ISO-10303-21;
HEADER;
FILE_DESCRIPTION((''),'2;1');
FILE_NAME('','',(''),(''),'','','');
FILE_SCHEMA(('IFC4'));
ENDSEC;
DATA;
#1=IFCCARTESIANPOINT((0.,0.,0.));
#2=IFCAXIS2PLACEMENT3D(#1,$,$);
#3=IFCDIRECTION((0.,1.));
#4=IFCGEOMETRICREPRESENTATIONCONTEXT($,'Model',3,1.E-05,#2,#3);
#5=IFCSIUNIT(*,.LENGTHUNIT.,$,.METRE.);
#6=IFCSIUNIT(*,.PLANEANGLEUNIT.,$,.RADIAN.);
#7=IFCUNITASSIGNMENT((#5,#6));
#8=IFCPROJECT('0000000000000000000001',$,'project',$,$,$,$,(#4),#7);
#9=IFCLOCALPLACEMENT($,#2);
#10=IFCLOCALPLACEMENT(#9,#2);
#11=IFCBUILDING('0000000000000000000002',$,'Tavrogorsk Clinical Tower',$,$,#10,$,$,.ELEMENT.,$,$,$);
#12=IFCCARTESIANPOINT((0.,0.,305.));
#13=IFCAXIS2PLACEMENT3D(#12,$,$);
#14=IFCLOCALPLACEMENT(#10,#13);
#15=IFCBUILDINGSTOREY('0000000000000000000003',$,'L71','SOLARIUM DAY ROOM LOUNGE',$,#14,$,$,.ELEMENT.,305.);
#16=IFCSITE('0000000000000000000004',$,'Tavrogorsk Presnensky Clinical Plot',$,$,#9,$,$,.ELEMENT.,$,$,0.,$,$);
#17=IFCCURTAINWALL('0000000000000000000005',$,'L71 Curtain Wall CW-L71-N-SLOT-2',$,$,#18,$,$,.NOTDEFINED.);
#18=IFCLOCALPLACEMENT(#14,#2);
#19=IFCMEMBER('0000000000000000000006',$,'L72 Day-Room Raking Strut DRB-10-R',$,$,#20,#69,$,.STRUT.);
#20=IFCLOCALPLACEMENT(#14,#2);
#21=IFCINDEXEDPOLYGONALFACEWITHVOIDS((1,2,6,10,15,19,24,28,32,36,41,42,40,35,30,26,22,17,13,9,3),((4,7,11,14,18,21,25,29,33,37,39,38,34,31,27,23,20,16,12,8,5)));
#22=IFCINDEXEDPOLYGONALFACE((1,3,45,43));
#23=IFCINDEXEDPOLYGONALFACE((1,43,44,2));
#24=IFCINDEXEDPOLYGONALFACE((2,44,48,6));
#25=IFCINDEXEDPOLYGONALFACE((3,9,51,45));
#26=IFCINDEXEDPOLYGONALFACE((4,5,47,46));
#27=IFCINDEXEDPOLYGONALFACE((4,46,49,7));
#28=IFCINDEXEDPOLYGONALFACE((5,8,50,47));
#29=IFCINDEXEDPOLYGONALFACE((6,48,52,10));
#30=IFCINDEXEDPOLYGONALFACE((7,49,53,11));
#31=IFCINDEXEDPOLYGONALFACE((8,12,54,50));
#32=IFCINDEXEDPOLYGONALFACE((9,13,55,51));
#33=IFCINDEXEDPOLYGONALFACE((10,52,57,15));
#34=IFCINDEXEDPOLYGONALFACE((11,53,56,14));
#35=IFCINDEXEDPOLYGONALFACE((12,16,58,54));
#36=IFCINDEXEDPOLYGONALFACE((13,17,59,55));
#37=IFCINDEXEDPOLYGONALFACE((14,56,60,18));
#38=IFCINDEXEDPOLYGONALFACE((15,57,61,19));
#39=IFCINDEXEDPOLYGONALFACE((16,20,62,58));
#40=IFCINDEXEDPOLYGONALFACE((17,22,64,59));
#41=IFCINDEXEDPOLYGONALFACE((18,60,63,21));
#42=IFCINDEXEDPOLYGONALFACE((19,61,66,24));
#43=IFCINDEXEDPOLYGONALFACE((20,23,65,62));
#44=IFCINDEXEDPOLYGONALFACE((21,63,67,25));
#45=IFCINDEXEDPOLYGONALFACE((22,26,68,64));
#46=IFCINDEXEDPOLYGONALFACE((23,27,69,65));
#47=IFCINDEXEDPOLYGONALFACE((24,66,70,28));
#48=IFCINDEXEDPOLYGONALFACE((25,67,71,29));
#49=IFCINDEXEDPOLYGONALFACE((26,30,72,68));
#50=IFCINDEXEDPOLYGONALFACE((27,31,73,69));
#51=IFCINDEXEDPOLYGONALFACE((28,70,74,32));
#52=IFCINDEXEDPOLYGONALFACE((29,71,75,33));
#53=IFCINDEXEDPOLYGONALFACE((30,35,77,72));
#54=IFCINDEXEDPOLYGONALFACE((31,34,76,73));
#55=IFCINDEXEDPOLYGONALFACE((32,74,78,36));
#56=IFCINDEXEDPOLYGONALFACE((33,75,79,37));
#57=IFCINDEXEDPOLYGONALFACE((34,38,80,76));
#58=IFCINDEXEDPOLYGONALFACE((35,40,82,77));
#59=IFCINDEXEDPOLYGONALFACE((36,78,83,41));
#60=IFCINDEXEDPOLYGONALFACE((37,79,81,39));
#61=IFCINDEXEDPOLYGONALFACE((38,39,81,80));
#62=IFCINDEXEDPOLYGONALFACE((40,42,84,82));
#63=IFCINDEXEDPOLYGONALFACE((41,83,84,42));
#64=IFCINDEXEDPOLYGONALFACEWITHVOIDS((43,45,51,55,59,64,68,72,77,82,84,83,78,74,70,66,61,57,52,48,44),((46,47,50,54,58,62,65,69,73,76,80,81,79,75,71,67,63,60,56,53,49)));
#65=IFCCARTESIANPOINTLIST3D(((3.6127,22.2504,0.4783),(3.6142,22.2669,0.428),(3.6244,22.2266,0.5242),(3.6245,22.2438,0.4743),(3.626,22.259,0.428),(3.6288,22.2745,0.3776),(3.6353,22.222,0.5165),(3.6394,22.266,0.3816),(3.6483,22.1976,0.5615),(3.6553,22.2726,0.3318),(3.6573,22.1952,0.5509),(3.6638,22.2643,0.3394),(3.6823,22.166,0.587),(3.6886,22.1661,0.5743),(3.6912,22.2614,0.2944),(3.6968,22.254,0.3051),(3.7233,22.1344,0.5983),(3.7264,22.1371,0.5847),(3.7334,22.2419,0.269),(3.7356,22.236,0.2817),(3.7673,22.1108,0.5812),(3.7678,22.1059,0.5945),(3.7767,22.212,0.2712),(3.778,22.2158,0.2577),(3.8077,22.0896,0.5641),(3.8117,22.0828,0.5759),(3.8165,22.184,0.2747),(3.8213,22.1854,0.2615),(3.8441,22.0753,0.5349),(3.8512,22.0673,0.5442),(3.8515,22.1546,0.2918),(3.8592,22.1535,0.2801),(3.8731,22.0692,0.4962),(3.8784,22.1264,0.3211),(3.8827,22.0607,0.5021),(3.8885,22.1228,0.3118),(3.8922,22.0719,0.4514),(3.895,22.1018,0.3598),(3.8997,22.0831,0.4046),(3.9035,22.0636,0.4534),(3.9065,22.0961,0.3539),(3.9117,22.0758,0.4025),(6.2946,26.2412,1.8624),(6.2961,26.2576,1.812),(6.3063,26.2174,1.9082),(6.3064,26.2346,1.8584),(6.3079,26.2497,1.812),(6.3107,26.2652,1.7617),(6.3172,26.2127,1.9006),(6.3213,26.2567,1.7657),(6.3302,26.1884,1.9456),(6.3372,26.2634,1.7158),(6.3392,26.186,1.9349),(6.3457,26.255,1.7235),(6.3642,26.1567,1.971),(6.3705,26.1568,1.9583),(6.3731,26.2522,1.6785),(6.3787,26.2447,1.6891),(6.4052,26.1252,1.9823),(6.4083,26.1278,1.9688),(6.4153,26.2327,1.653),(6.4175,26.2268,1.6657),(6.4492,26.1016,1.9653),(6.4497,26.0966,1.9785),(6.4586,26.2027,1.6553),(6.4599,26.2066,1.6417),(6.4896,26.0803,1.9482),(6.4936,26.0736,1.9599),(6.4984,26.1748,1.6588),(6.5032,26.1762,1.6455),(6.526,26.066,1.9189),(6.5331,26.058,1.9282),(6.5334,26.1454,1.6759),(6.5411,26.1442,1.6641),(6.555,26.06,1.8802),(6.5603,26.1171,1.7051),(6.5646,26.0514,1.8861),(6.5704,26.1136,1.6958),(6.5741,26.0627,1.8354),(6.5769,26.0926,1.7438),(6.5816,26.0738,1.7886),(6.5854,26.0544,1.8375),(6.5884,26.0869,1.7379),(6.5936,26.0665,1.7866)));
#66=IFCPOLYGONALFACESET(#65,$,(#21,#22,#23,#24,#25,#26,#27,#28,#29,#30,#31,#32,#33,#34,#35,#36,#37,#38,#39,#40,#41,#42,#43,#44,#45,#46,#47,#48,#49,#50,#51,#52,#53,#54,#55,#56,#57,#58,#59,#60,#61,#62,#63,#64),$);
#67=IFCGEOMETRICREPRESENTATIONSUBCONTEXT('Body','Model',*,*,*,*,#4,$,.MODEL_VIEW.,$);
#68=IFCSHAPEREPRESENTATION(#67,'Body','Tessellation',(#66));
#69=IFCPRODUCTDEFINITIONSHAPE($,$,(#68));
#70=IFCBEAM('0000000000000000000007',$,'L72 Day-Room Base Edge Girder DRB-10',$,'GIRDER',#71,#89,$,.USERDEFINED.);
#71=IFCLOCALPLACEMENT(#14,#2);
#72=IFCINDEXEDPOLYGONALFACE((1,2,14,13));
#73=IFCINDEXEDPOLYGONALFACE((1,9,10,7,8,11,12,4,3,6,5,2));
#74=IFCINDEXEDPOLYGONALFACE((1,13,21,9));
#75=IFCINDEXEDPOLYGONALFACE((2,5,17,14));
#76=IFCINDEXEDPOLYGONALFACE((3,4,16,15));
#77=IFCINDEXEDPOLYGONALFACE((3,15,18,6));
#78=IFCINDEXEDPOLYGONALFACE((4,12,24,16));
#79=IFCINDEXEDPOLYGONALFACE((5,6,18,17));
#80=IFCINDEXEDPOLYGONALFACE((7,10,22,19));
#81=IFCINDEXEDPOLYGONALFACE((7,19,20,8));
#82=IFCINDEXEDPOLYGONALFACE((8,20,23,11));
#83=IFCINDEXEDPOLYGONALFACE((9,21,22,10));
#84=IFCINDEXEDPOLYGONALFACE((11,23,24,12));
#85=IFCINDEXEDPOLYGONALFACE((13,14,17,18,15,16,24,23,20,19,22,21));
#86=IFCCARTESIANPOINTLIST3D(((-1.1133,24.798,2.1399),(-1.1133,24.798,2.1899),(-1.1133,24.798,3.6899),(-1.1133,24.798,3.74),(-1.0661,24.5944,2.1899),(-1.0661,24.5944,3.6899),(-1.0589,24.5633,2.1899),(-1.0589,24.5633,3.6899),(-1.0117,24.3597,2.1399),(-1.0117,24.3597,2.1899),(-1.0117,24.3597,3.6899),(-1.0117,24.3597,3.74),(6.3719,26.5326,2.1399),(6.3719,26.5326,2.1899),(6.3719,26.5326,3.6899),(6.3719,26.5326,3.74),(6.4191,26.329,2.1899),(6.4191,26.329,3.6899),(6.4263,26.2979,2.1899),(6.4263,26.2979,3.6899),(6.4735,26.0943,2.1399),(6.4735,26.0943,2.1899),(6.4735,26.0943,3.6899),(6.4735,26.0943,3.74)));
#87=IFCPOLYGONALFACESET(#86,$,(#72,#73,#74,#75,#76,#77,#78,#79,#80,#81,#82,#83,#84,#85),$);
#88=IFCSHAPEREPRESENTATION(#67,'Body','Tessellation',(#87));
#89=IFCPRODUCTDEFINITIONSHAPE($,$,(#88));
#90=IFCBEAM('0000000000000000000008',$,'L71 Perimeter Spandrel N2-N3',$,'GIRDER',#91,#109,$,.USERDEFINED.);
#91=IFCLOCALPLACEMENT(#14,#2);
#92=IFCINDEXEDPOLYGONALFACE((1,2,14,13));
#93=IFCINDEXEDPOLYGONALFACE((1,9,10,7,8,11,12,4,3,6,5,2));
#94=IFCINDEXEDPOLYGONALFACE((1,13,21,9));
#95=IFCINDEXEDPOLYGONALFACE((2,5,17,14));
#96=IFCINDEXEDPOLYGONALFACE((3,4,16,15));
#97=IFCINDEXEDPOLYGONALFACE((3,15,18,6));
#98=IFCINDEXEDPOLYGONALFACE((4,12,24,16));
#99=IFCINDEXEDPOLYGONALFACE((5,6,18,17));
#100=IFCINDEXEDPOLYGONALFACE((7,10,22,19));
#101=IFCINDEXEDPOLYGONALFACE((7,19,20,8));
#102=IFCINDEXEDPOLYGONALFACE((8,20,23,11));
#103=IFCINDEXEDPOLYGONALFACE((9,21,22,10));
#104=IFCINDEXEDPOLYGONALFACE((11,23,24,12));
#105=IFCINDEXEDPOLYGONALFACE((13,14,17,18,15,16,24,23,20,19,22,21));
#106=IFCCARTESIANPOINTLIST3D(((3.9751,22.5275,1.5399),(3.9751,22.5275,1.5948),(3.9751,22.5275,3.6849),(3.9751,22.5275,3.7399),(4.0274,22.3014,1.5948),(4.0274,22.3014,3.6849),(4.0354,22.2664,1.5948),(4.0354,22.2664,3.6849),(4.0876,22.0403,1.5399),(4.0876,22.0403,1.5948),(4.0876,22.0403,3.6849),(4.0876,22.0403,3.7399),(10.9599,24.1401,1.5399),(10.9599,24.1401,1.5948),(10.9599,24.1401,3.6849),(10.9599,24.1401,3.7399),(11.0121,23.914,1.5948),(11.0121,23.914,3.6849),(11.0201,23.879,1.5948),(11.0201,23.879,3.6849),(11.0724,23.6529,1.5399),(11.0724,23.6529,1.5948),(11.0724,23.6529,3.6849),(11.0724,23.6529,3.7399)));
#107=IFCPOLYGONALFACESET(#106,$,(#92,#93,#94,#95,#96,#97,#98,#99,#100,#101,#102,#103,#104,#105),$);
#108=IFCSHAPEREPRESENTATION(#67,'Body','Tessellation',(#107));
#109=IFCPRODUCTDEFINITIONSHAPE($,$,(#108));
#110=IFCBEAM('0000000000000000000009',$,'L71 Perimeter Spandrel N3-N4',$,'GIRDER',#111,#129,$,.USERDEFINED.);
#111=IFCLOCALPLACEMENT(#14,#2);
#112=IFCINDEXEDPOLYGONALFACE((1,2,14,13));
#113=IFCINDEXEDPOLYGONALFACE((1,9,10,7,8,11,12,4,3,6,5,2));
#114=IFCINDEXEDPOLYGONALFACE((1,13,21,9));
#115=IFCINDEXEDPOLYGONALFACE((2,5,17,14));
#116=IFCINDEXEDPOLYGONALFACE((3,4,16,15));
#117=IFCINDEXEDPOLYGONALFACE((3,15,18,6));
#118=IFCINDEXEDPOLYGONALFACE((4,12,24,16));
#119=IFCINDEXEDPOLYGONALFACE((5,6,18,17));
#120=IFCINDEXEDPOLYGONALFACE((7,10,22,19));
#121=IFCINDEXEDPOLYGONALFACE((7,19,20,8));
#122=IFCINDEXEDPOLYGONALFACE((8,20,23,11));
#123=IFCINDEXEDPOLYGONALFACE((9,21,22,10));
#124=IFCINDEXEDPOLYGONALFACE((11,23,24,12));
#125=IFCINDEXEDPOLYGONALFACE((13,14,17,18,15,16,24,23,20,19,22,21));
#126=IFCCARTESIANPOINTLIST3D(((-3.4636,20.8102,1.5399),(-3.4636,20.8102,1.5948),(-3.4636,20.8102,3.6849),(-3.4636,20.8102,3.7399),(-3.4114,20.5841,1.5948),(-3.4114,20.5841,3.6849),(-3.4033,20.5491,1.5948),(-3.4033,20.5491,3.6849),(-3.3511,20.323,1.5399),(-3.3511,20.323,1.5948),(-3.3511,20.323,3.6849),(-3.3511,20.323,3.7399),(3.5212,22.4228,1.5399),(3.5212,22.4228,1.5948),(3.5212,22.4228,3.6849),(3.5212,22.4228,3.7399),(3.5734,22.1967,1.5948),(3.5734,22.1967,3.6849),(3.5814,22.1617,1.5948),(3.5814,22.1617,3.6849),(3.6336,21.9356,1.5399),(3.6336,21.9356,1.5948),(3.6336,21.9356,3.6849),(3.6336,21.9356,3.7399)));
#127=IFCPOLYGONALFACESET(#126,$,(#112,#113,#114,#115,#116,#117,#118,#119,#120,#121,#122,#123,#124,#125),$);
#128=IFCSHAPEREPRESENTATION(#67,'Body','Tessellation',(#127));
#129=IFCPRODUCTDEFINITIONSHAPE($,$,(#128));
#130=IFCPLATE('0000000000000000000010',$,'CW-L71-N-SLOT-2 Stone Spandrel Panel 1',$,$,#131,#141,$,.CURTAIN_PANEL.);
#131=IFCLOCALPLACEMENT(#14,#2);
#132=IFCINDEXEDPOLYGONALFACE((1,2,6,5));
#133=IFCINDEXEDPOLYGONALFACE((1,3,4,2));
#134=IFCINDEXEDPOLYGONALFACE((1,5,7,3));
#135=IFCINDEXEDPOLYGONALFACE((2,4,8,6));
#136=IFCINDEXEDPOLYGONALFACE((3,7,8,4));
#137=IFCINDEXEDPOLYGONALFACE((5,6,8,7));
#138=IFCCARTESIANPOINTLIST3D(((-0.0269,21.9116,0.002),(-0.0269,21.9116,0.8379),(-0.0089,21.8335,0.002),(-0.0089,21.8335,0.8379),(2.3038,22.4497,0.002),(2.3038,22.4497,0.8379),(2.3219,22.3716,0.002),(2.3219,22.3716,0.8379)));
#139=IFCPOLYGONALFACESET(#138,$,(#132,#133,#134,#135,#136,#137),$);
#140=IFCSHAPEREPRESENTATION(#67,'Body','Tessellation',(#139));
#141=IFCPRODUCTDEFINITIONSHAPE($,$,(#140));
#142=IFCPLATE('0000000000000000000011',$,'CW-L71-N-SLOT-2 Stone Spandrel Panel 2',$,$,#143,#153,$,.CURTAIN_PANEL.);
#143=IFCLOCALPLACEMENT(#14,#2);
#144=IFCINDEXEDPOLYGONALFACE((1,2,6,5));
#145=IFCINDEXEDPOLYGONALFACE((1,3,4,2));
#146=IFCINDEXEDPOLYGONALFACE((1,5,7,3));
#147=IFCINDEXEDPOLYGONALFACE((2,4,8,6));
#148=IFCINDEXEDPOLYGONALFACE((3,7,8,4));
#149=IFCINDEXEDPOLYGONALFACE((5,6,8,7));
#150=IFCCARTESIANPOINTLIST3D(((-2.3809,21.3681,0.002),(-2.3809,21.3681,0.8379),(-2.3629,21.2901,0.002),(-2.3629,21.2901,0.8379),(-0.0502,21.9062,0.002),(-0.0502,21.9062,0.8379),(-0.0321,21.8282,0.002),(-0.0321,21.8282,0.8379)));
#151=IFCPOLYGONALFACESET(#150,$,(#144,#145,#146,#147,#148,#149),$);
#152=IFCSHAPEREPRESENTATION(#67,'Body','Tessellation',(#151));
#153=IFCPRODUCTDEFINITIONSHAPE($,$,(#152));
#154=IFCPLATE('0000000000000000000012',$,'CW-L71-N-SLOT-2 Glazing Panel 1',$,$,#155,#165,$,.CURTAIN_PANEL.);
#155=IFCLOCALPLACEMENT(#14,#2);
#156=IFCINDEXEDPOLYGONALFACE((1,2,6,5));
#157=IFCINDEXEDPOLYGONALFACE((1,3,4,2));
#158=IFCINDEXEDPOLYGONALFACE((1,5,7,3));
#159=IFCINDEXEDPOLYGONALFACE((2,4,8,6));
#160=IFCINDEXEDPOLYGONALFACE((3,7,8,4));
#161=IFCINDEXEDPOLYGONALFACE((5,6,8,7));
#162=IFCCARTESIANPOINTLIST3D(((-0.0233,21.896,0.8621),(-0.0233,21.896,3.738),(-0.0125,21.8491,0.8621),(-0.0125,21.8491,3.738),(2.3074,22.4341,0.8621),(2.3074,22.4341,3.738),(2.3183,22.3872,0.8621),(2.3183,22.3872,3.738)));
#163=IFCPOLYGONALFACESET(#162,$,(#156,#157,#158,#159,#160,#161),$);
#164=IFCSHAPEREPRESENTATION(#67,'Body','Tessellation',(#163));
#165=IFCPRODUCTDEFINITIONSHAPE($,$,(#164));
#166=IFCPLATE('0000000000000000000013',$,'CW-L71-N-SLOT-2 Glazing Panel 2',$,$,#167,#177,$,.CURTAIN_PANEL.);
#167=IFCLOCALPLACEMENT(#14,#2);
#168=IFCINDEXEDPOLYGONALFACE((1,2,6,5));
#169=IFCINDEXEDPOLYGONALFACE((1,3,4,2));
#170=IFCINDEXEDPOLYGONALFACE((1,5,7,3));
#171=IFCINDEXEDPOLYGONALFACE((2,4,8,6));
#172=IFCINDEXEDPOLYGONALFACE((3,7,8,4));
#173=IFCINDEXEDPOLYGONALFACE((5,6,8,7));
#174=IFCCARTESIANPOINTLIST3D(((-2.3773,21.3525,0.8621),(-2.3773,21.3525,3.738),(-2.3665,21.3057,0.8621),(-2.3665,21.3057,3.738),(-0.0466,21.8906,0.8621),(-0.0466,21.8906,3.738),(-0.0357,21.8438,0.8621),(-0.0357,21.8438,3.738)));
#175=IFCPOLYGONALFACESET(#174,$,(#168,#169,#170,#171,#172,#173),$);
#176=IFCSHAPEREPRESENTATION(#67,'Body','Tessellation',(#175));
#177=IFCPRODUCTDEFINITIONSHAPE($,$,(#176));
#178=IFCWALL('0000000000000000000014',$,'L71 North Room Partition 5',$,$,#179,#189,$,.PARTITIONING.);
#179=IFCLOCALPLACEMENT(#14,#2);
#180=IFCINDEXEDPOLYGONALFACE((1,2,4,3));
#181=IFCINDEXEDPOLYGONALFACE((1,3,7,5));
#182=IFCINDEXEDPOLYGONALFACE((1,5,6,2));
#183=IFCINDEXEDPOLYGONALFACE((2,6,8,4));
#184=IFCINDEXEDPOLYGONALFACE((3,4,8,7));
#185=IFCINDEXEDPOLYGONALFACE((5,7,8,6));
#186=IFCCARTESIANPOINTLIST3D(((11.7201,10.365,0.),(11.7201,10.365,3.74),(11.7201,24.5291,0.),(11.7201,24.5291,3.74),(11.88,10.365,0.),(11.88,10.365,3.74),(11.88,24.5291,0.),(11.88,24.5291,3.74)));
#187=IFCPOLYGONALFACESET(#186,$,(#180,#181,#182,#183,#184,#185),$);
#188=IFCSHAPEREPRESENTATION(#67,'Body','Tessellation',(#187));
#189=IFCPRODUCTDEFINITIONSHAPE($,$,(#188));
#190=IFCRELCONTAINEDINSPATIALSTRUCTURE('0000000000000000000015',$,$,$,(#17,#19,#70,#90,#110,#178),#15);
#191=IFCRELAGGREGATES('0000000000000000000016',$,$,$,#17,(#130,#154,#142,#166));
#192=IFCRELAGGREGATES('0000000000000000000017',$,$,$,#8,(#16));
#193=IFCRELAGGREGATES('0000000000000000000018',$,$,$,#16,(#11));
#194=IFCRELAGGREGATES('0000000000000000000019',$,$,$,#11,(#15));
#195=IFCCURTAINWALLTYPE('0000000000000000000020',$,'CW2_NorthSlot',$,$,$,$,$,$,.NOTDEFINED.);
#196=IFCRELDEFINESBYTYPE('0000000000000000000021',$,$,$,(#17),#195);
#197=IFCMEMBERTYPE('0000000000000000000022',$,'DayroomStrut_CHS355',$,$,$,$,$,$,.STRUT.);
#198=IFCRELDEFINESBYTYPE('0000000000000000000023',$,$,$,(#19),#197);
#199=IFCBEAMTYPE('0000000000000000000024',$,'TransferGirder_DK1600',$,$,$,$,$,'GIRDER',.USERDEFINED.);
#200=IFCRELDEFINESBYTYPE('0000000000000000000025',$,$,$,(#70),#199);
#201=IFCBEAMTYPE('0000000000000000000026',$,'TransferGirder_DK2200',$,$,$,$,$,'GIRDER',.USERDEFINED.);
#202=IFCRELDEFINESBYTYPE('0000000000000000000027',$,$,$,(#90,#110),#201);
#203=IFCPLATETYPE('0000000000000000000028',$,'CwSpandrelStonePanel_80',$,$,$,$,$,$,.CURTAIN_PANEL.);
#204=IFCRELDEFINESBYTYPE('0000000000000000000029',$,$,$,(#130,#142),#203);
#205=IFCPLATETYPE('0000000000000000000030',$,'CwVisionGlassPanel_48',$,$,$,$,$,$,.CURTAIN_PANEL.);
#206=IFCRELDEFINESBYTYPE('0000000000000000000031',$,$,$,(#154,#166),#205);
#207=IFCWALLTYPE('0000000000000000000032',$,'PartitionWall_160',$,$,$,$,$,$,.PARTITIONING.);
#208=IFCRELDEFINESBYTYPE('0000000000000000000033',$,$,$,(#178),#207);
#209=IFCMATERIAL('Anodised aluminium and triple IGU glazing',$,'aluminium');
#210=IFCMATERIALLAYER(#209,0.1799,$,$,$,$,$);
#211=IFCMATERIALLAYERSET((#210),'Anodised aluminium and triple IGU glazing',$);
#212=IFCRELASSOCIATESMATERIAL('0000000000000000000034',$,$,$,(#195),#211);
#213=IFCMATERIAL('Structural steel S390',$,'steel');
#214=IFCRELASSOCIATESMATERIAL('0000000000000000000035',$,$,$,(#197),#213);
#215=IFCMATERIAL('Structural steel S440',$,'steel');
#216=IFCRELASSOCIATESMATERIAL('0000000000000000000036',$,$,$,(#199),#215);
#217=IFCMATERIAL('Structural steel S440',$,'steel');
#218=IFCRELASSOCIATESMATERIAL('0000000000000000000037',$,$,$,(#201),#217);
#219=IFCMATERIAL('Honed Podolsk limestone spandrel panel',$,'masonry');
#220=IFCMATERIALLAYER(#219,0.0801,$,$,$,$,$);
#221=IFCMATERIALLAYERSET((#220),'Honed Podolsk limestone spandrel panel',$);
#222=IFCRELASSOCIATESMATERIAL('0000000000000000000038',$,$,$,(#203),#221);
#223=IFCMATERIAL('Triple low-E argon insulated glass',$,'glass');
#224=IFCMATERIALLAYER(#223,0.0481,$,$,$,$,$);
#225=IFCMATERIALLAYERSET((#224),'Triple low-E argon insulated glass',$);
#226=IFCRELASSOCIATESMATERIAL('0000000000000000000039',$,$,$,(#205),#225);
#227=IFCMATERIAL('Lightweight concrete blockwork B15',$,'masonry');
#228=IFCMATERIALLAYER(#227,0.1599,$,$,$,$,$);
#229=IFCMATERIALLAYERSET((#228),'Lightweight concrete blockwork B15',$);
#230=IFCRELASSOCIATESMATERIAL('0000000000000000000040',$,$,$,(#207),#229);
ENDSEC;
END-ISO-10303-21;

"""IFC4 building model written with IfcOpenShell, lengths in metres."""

from ifc_helpers import new_model, si_unit, direction, frame, frame_2d, origin, origin_2d, place, context, subcontext, project, spatial, rectangle, hollow_circle, i_section, extrude, material, layer, layer_set, material_profile, profile_set, type_object, element, aggregate, save


model = new_model("IFC4")

# Units and contexts
model_context = context("Model", 3, precision=1e-05, world=origin(), true_north=direction((0.0, 1.0)))
body_context = subcontext(model_context, "Body", "Model", "MODEL_VIEW")
ifc_project = project(units=[si_unit("LENGTHUNIT", "METRE"), si_unit("PLANEANGLEUNIT", "RADIAN")], contexts=[model_context])

# Site, building, storey
site_placement = place(None, origin())
site = spatial("IfcSite", under=ifc_project, at=site_placement, Name="Tavrogorsk Presnensky Clinical Plot", CompositionType="ELEMENT", RefElevation=0.0)
building_placement = place(site_placement, origin())
building = spatial("IfcBuilding", under=site, at=building_placement, Name="Tavrogorsk Clinical Tower", CompositionType="ELEMENT")
storey_placement = place(building_placement, frame((0.0, 0.0, 305.0)))
storey = spatial("IfcBuildingStorey", under=building, at=storey_placement, Name="L71", Description="SOLARIUM DAY ROOM LOUNGE", CompositionType="ELEMENT", Elevation=305.0)

# Curtain wall
ifc_material_1 = material(Name="Anodised aluminium and triple IGU glazing", Category="aluminium")
ifc_layer_1 = layer(ifc_material_1, 0.1799)
ifc_layer_set_1 = layer_set([ifc_layer_1], Name="Anodised aluminium and triple IGU glazing")
curtain_wall_type = type_object("IfcCurtainWallType", Name="CW2_NorthSlot", PredefinedType="NOTDEFINED", material=ifc_layer_set_1)
curtain_wall_placement = place(storey_placement, origin())
curtain_wall = element("IfcCurtainWall", 1, at=curtain_wall_placement, inside=storey, type_object=curtain_wall_type, Name="L71 Curtain Wall CW-L71-N-SLOT-2", PredefinedType="NOTDEFINED")

# Member
ifc_material_2 = material(Name="Structural steel S390", Category="steel")
ifc_material_profile_1 = material_profile(ifc_material_2, hollow_circle(Radius=0.1777, WallThickness=0.0142, at=origin_2d()), Name="CHS-355.6x14.2")
ifc_profile_set_1 = profile_set([ifc_material_profile_1], Name="Structural steel S390")
member_type_1 = type_object("IfcMemberType", Name="DayroomStrut_CHS355", PredefinedType="STRUT", material=ifc_profile_set_1)
member_1_placement = place(storey_placement, frame((3.7617, 22.1677, 0.428), z_axis=(0.536013, 0.797604, 0.276619), x_axis=(-0.82999, 0.557778, 0.0)))
element("IfcMember", 2, at=member_1_placement, inside=storey, type_object=member_type_1, Name="L72 Day-Room Raking Strut DRB-10-R", PredefinedType="STRUT", context=body_context, shape_type="SweptSolid", body=[
    extrude(hollow_circle(Radius=0.1777, WallThickness=0.0142, at=origin_2d()), origin(), (0.0, 0.0, 1.0), 5.0034),
])

# Beams
ifc_material_3 = material(Name="Structural steel S440", Category="steel")
ifc_material_profile_2 = material_profile(ifc_material_3, i_section(OverallWidth=0.45, OverallDepth=1.6001, WebThickness=0.032, FlangeThickness=0.05, at=origin_2d()), Name="DK-1600x450x32x50")
ifc_profile_set_2 = profile_set([ifc_material_profile_2], Name="Structural steel S440")
beam_type_1 = type_object("IfcBeamType", Name="TransferGirder_DK1600", ElementType="GIRDER", PredefinedType="USERDEFINED", material=ifc_profile_set_2)
beam_placement = place(storey_placement, frame((-1.0625, 24.5789, 2.9399), z_axis=(0.974185, 0.225753, 0.0), x_axis=(-0.225753, 0.974185, 0.0)))
element("IfcBeam", 3, at=beam_placement, inside=storey, type_object=beam_type_1, Name="L72 Day-Room Base Edge Girder DRB-10", ObjectType="GIRDER", PredefinedType="USERDEFINED", context=body_context, shape_type="SweptSolid", body=[
    extrude(i_section(OverallWidth=0.45, OverallDepth=1.6001, WebThickness=0.032, FlangeThickness=0.05, at=origin_2d()), origin(), (0.0, 0.0, 1.0), 7.6836),
])
ifc_material_4 = material(Name="Structural steel S440", Category="steel")
ifc_material_profile_3 = material_profile(ifc_material_4, i_section(OverallWidth=0.5, OverallDepth=2.2, WebThickness=0.0359, FlangeThickness=0.0549, at=origin_2d()), Name="DK-2200x500x36x55")
ifc_profile_set_3 = profile_set([ifc_material_profile_3], Name="Structural steel S440")
beam_type_2 = type_object("IfcBeamType", Name="TransferGirder_DK2200", ElementType="GIRDER", PredefinedType="USERDEFINED", material=ifc_profile_set_3)
for number, where, z_axis, x_axis, name in (
    (4, (11.0161, 23.8965, 2.6399), (-0.974369, -0.224954, 0.0), (0.224954, -0.974369, 0.0), "L71 Perimeter Spandrel N2-N3"),
    (5, (3.5774, 22.1792, 2.6399), (-0.974369, -0.224954, 0.0), (0.224954, -0.974369, 0.0), "L71 Perimeter Spandrel N3-N4"),
):
    element("IfcBeam", number, at=place(storey_placement, frame(where, z_axis=z_axis, x_axis=x_axis)), inside=storey, type_object=beam_type_2, Name=name, ObjectType="GIRDER", PredefinedType="USERDEFINED", context=body_context, shape_type="SweptSolid", body=[
        extrude(i_section(OverallWidth=0.5, OverallDepth=2.2, WebThickness=0.0359, FlangeThickness=0.0549, at=origin_2d()), origin(), (0.0, 0.0, 1.0), 7.1685),
    ])

# Plates
ifc_material_5 = material(Name="Honed Podolsk limestone spandrel panel", Category="masonry")
ifc_layer_2 = layer(ifc_material_5, 0.0801)
ifc_layer_set_2 = layer_set([ifc_layer_2], Name="Honed Podolsk limestone spandrel panel")
plate_type_1 = type_object("IfcPlateType", Name="CwSpandrelStonePanel_80", PredefinedType="CURTAIN_PANEL", material=ifc_layer_set_2)
plate_1_placement = place(storey_placement, frame((1.1475, 22.1416, 0.002), z_axis=(0.0, 0.0, 1.0), x_axis=(-0.97437, -0.224951, 0.0)))
plate_1 = element("IfcPlate", 6, at=plate_1_placement, type_object=plate_type_1, Name="CW-L71-N-SLOT-2 Stone Spandrel Panel 1", PredefinedType="CURTAIN_PANEL", context=body_context, shape_type="SweptSolid", body=[
    extrude(rectangle(XDim=2.3921, YDim=0.0801, at=origin_2d()), origin(), (0.0, 0.0, 1.0), 0.8359),
])
plate_2_placement = place(storey_placement, frame((-1.2065, 21.5981, 0.002), z_axis=(0.0, 0.0, 1.0), x_axis=(-0.97437, -0.224951, 0.0)))
plate_2 = element("IfcPlate", 7, at=plate_2_placement, type_object=plate_type_1, Name="CW-L71-N-SLOT-2 Stone Spandrel Panel 2", PredefinedType="CURTAIN_PANEL", context=body_context, shape_type="SweptSolid", body=[
    extrude(rectangle(XDim=2.3921, YDim=0.0801, at=origin_2d()), origin(), (0.0, 0.0, 1.0), 0.8359),
])
ifc_material_6 = material(Name="Triple low-E argon insulated glass", Category="glass")
ifc_layer_3 = layer(ifc_material_6, 0.0481)
ifc_layer_set_3 = layer_set([ifc_layer_3], Name="Triple low-E argon insulated glass")
plate_type_2 = type_object("IfcPlateType", Name="CwVisionGlassPanel_48", PredefinedType="CURTAIN_PANEL", material=ifc_layer_set_3)
plate_3_placement = place(storey_placement, frame((1.1475, 22.1416, 0.8621), z_axis=(0.0, 0.0, 1.0), x_axis=(-0.97437, -0.224951, 0.0)))
plate_3 = element("IfcPlate", 8, at=plate_3_placement, type_object=plate_type_2, Name="CW-L71-N-SLOT-2 Glazing Panel 1", PredefinedType="CURTAIN_PANEL", context=body_context, shape_type="SweptSolid", body=[
    extrude(rectangle(XDim=2.3921, YDim=0.0481, at=origin_2d()), origin(), (0.0, 0.0, 1.0), 2.876),
])
plate_4_placement = place(storey_placement, frame((-1.2065, 21.5981, 0.8621), z_axis=(0.0, 0.0, 1.0), x_axis=(-0.97437, -0.224951, 0.0)))
plate_4 = element("IfcPlate", 9, at=plate_4_placement, type_object=plate_type_2, Name="CW-L71-N-SLOT-2 Glazing Panel 2", PredefinedType="CURTAIN_PANEL", context=body_context, shape_type="SweptSolid", body=[
    extrude(rectangle(XDim=2.3921, YDim=0.0481, at=origin_2d()), origin(), (0.0, 0.0, 1.0), 2.876),
])
aggregate(curtain_wall, [plate_1, plate_3, plate_2, plate_4])

# Wall
ifc_material_7 = material(Name="Lightweight concrete blockwork B15", Category="masonry")
ifc_layer_4 = layer(ifc_material_7, 0.1599)
ifc_layer_set_4 = layer_set([ifc_layer_4], Name="Lightweight concrete blockwork B15")
wall_type = type_object("IfcWallType", Name="PartitionWall_160", PredefinedType="PARTITIONING", material=ifc_layer_set_4)
wall_placement = place(storey_placement, frame((11.8, 10.365, 0.0), z_axis=(0.0, 0.0, 1.0), x_axis=(0.0, 1.0, 0.0)))
element("IfcWall", 10, at=wall_placement, inside=storey, type_object=wall_type, Name="L71 North Room Partition 5", PredefinedType="PARTITIONING", context=body_context, shape_type="SweptSolid", body=[
    extrude(rectangle(XDim=14.1641, YDim=0.1599, at=frame_2d((7.082, 0.0))), origin(), (0.0, 0.0, 1.0), 3.74),
])

save(model, "model.ifc")
